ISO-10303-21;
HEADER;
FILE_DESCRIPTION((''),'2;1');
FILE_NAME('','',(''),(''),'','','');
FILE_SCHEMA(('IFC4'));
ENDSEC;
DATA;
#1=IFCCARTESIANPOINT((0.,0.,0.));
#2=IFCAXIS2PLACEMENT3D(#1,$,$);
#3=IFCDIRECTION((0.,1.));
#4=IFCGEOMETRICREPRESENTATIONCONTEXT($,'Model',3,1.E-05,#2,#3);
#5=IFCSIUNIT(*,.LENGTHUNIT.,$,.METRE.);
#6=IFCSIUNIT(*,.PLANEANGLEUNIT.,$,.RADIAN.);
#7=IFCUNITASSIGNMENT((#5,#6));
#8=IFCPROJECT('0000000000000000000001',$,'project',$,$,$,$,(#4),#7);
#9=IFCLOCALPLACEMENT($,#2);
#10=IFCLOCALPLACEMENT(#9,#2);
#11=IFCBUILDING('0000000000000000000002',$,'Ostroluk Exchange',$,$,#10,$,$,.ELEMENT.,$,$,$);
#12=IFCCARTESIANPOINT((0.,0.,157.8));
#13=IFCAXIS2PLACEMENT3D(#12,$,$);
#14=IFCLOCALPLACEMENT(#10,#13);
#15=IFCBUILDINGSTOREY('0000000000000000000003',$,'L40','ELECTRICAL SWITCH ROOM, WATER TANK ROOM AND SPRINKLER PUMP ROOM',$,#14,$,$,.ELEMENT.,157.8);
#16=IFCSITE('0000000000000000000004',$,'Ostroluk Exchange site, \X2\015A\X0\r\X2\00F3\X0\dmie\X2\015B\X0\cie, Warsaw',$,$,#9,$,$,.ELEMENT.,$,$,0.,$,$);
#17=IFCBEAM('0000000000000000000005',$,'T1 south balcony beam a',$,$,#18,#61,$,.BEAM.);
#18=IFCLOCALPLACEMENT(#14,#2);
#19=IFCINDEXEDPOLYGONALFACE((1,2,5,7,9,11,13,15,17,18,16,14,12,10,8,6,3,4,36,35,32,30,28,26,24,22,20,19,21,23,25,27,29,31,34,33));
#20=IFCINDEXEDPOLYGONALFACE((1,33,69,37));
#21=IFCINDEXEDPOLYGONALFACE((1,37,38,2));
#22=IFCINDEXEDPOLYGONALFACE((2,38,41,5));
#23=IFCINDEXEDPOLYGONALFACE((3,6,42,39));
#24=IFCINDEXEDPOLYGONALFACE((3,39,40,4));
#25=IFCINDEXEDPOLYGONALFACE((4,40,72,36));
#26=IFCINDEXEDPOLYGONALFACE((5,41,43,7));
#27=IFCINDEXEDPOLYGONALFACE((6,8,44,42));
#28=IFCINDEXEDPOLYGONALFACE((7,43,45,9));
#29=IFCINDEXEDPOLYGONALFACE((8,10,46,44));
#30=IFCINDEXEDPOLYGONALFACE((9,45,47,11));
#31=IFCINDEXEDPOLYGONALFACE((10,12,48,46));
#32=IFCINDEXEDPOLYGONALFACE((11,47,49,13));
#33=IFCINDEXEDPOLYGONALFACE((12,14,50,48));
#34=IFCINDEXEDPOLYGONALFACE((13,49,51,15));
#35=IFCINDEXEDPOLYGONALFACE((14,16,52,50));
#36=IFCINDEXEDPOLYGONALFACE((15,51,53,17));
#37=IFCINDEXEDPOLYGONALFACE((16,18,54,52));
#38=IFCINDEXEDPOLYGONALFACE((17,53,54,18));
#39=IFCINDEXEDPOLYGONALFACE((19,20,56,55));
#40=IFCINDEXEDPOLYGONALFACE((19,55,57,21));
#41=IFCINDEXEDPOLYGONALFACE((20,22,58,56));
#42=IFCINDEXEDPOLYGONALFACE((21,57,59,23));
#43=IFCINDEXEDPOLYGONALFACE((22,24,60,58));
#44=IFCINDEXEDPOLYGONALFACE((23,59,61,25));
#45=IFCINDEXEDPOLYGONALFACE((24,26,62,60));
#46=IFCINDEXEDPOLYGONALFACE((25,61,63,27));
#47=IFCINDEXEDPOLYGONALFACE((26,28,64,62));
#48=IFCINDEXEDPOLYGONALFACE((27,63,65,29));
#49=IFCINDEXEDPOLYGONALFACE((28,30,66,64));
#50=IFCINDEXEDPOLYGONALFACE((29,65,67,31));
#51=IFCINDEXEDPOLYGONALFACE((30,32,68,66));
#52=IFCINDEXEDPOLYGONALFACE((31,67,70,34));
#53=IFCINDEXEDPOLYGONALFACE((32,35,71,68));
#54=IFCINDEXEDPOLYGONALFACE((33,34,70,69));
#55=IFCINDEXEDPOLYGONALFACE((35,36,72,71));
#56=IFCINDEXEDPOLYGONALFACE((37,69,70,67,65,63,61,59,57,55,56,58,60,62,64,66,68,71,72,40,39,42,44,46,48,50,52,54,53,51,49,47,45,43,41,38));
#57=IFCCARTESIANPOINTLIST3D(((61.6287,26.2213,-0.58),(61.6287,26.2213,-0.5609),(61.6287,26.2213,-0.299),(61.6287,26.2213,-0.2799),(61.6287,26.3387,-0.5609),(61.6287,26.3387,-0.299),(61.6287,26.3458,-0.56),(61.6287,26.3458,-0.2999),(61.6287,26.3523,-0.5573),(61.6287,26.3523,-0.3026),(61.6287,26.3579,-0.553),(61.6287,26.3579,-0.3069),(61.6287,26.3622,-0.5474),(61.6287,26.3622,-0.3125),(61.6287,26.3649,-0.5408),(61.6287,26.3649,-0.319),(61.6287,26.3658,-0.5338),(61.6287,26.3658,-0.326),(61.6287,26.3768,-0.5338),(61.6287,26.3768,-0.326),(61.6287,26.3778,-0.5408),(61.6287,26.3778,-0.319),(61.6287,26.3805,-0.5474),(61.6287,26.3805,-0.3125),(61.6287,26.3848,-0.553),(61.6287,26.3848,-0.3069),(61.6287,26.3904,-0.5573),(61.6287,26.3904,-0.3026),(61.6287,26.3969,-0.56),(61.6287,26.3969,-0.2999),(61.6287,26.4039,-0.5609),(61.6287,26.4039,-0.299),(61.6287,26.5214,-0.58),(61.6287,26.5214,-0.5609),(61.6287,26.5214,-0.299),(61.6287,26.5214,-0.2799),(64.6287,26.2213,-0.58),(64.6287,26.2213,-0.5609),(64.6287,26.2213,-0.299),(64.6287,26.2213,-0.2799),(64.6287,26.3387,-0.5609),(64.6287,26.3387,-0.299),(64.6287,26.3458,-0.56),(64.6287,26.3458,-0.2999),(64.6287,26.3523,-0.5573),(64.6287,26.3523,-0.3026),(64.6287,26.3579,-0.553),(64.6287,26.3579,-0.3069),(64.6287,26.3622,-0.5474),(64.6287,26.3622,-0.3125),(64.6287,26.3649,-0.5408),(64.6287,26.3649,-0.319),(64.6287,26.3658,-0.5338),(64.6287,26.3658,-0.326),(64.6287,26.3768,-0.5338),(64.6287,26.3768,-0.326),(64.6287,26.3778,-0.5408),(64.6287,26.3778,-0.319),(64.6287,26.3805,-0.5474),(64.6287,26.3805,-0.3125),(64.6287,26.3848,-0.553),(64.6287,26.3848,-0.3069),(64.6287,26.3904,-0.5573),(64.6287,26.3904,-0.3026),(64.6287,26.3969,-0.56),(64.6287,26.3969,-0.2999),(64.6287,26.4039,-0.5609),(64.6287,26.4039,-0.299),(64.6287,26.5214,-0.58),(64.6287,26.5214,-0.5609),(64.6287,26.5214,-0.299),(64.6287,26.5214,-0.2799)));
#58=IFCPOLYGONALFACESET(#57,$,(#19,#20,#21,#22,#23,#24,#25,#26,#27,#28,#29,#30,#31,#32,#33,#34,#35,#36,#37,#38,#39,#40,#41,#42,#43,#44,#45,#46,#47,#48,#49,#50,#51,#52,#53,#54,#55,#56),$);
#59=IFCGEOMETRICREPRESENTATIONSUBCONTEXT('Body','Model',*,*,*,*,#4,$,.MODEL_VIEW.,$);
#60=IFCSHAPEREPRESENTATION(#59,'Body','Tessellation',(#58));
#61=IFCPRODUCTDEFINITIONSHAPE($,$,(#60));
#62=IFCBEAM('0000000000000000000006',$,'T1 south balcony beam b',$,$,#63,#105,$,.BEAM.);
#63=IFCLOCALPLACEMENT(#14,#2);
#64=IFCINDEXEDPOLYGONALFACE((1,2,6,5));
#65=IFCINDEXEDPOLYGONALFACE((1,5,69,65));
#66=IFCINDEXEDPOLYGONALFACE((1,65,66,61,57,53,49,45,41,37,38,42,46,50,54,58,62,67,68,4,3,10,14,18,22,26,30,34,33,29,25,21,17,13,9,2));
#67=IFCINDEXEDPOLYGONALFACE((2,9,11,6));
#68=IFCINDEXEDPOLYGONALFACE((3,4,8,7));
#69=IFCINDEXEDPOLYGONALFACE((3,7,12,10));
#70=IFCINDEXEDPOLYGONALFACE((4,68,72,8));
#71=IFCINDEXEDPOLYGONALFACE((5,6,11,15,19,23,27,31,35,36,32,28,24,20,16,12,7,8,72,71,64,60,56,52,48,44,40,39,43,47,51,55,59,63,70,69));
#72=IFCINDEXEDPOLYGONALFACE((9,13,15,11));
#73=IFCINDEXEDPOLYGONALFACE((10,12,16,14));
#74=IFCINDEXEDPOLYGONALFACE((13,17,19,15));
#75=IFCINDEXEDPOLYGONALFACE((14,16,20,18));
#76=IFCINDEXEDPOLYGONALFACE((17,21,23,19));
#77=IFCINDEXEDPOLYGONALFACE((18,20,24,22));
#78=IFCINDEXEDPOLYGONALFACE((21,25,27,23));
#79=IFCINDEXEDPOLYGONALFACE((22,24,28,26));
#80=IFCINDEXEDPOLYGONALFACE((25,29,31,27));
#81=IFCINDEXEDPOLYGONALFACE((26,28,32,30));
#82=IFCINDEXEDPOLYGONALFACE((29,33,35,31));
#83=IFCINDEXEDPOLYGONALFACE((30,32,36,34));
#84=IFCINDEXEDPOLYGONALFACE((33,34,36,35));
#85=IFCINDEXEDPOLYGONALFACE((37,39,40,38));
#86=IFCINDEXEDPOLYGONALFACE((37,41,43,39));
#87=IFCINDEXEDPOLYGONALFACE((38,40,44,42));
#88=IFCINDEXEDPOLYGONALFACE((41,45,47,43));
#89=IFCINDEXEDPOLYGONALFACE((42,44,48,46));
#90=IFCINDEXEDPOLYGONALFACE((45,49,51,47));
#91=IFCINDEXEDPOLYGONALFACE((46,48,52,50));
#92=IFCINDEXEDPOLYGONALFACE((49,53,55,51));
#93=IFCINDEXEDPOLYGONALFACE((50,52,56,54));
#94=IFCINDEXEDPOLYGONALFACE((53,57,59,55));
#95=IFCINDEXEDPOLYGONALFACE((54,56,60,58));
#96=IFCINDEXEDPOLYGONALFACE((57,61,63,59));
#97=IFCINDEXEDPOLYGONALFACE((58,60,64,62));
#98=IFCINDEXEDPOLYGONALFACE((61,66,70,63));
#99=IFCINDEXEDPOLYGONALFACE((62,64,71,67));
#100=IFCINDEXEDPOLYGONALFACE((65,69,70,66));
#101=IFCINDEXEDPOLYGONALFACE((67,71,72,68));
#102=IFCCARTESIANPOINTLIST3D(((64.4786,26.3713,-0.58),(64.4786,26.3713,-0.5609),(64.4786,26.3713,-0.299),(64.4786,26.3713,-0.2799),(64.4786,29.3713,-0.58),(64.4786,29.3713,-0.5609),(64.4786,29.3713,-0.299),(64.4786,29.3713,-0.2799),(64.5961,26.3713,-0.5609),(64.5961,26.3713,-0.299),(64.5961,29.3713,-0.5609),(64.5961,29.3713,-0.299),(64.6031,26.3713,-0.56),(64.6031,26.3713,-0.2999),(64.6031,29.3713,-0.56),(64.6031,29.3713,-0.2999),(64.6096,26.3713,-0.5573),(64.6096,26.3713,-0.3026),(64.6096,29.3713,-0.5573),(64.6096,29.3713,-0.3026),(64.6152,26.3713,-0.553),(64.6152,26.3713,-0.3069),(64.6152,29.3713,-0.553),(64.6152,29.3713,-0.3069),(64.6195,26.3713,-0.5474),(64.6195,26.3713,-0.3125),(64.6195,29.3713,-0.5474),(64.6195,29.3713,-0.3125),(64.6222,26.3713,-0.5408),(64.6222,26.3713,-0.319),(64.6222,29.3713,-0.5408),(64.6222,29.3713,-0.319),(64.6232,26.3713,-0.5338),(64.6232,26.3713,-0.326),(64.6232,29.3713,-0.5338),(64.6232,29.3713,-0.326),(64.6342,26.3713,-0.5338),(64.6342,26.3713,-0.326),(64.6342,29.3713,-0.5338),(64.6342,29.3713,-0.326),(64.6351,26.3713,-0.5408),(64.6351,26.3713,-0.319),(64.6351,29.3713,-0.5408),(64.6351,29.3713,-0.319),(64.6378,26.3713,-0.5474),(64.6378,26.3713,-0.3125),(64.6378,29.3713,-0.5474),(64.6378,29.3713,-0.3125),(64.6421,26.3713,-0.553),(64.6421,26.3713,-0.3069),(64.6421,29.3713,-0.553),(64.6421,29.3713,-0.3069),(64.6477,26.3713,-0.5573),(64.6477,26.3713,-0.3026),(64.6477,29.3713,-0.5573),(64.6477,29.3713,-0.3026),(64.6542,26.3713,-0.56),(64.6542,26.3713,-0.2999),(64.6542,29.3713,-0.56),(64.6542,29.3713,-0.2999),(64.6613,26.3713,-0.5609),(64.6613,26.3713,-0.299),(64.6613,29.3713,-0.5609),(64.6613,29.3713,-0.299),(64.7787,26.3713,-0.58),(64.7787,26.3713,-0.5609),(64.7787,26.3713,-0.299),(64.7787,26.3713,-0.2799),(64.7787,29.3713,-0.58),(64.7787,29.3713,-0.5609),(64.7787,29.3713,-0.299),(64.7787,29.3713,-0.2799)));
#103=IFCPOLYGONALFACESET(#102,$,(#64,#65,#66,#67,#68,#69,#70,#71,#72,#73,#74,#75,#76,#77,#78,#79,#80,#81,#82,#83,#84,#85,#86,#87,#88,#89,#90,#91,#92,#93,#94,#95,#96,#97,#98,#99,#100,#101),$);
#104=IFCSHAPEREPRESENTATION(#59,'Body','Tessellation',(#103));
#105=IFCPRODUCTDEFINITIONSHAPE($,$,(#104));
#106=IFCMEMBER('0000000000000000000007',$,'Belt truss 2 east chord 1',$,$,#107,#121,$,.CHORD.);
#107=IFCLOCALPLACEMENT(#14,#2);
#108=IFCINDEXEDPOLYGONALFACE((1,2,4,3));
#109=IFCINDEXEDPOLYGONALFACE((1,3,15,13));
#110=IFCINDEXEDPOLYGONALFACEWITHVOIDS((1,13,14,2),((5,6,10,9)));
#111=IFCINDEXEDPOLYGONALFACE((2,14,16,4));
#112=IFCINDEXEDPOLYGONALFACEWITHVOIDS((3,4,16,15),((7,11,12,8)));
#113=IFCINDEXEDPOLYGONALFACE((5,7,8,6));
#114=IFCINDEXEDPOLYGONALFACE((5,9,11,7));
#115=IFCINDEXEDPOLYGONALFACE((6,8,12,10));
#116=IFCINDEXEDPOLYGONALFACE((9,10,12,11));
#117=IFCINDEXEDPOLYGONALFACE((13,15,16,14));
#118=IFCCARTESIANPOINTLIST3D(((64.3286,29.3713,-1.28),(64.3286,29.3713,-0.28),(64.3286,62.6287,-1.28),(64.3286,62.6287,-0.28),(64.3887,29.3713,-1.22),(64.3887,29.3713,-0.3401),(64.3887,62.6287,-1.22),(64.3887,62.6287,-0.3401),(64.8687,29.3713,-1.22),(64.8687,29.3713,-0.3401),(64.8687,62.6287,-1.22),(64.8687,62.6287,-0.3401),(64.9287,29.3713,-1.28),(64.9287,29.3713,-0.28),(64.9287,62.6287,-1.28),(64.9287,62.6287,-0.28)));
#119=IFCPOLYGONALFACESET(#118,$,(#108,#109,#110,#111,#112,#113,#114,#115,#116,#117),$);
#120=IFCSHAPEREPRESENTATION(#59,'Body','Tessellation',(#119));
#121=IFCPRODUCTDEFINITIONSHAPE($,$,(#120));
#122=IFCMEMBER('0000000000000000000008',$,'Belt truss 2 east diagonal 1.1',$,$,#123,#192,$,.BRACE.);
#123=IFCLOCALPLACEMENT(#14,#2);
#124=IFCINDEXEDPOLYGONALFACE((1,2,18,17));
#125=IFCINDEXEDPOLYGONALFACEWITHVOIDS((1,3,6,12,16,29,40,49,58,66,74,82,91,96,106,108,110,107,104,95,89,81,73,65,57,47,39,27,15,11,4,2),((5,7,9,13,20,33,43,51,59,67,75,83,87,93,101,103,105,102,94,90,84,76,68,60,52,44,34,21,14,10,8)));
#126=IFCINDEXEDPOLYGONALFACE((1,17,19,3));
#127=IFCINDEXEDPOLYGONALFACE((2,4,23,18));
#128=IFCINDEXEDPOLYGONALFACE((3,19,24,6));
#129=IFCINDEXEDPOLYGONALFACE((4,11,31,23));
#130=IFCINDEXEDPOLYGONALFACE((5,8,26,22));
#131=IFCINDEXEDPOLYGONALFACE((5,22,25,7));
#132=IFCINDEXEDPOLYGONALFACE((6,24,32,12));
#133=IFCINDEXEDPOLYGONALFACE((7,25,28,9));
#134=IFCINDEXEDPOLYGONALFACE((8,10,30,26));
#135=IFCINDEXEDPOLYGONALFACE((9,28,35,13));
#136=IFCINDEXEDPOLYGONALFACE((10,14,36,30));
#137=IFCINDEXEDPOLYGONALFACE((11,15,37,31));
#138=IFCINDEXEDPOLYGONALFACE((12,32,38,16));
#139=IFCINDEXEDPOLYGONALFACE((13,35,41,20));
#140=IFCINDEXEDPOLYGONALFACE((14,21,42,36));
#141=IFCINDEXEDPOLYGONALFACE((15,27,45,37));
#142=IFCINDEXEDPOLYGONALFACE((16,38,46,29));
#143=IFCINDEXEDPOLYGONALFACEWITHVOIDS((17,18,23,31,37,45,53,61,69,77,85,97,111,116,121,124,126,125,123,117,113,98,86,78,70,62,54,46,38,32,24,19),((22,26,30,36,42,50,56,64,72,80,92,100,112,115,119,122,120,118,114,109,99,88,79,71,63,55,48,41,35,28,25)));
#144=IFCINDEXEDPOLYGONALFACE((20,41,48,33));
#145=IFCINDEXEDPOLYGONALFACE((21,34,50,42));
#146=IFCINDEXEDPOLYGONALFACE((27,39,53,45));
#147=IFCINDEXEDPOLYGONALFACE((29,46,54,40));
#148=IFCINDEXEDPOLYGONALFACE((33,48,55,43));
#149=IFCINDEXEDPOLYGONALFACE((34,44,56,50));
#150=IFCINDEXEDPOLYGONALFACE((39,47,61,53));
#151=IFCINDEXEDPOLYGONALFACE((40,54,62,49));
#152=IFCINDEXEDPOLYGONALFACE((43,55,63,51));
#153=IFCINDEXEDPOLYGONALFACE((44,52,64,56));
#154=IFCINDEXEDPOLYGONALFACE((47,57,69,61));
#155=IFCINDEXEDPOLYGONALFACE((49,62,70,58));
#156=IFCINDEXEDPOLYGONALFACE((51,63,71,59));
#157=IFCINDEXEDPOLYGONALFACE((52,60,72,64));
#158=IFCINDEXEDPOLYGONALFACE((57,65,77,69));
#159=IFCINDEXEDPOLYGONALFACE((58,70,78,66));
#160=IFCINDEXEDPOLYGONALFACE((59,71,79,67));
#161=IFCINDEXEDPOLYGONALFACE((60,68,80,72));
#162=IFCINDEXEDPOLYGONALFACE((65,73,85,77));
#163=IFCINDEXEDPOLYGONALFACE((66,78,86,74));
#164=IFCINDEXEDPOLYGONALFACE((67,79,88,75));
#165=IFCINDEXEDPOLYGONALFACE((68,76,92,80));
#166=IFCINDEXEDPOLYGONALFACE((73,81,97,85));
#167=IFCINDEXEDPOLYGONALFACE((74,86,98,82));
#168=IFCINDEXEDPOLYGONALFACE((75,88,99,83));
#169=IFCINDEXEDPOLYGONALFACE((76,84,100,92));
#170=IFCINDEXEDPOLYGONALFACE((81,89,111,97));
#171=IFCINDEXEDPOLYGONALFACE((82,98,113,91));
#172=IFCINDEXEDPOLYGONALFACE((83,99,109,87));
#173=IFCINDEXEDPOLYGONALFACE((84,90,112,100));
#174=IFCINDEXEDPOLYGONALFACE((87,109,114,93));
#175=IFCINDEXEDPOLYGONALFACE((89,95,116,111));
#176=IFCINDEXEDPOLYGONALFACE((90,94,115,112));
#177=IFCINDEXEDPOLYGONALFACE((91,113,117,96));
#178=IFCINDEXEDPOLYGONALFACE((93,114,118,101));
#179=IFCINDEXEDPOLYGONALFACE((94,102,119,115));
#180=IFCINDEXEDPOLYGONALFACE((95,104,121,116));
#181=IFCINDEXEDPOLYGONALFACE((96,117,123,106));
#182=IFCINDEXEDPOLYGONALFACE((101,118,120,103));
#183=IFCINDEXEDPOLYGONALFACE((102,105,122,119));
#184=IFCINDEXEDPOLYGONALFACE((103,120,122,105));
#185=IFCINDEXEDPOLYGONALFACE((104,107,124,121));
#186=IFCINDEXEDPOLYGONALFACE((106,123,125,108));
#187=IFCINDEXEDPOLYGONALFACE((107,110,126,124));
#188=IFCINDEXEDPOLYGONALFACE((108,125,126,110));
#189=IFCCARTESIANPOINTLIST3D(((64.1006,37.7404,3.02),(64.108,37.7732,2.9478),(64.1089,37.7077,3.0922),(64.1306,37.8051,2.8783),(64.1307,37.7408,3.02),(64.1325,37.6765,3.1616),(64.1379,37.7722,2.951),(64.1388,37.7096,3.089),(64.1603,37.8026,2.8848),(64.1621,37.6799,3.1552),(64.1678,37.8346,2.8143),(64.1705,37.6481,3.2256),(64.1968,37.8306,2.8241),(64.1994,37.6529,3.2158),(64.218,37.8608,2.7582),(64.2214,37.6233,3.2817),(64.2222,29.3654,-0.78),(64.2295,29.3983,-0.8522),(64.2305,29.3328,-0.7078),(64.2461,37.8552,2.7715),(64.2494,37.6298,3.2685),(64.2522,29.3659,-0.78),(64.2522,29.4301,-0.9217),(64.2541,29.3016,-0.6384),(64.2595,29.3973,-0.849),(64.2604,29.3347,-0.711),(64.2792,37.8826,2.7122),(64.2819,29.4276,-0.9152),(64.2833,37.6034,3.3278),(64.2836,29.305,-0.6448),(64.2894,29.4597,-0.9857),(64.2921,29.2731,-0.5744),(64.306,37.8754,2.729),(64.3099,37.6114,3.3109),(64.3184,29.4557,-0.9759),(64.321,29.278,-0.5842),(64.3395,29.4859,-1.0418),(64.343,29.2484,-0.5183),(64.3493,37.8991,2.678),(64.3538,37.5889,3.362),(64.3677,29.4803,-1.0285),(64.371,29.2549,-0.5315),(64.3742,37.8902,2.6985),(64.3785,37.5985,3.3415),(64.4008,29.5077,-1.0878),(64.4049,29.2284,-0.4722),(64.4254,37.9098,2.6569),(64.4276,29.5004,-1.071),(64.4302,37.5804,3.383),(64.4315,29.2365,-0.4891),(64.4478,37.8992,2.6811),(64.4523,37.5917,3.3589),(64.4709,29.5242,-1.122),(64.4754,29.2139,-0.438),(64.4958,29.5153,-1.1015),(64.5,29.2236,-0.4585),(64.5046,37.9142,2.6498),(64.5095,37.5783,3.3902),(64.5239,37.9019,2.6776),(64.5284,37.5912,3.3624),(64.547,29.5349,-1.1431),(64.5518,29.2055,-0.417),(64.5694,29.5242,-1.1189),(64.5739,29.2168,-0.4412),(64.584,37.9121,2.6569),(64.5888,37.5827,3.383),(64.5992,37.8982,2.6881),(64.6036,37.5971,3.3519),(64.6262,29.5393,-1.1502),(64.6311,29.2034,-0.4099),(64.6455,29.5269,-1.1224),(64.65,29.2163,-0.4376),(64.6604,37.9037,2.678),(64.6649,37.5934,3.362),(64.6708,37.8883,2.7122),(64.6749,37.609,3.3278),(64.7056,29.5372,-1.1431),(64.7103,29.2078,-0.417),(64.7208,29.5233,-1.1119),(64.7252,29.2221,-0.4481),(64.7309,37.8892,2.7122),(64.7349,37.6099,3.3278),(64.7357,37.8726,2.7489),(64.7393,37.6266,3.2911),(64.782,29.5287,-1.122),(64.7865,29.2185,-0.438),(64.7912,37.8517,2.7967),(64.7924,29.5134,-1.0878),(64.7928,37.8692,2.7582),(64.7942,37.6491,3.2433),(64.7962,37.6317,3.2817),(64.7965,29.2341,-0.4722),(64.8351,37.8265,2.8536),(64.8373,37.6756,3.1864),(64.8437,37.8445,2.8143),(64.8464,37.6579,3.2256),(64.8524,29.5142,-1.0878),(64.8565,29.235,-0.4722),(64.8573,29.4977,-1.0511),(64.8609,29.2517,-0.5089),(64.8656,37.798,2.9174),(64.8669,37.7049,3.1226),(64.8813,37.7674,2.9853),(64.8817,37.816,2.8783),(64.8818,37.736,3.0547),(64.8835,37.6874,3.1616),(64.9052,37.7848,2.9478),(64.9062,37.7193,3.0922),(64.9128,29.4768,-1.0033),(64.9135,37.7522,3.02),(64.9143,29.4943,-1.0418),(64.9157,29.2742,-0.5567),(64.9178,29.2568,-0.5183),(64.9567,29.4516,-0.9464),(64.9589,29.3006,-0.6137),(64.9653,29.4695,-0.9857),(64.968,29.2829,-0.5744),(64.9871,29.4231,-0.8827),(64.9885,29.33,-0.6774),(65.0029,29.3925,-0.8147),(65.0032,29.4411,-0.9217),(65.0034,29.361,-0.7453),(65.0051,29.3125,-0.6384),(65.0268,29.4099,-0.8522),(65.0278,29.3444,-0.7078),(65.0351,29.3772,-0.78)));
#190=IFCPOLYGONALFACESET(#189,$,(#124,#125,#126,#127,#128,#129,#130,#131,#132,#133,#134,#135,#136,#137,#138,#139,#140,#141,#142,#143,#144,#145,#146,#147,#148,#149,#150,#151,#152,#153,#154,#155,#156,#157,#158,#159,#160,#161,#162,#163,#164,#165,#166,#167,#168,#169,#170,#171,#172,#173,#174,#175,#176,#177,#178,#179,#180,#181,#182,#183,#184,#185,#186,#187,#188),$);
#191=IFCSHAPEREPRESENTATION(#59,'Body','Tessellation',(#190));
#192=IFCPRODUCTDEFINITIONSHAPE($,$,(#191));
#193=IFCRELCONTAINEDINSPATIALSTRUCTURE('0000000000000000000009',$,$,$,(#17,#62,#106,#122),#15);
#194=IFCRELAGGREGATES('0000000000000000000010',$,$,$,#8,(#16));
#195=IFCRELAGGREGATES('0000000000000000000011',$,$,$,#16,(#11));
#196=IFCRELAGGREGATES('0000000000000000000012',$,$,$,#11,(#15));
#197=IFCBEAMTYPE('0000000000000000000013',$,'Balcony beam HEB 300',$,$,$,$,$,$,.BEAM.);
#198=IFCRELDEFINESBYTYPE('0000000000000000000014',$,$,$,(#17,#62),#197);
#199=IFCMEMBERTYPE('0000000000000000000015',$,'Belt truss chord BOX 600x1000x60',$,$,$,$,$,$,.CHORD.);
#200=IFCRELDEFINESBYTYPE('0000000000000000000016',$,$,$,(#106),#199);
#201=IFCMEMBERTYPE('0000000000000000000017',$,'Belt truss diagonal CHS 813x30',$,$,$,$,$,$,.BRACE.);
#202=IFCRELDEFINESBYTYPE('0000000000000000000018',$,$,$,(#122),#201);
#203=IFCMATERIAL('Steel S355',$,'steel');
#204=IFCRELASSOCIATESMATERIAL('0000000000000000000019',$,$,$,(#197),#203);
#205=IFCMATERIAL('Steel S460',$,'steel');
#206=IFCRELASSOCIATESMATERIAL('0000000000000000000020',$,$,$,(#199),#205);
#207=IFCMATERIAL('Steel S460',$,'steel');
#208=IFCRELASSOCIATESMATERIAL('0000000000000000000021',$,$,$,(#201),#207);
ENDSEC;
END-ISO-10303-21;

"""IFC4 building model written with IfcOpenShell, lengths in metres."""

from ifc_helpers import new_model, si_unit, direction, frame, origin, origin_2d, place, context, subcontext, project, spatial, hollow_rectangle, hollow_circle, i_section, extrude, material, material_profile, profile_set, type_object, element, save


model = new_model("IFC4")

# Units and contexts
model_context = context("Model", 3, precision=1e-05, world=origin(), true_north=direction((0.0, 1.0)))
body_context = subcontext(model_context, "Body", "Model", "MODEL_VIEW")
ifc_project = project(units=[si_unit("LENGTHUNIT", "METRE"), si_unit("PLANEANGLEUNIT", "RADIAN")], contexts=[model_context])

# Site, building, storey
site_placement = place(None, origin())
site = spatial("IfcSite", under=ifc_project, at=site_placement, Name="Ostroluk Exchange site, Śródmieście, Warsaw", CompositionType="ELEMENT", RefElevation=0.0)
building_placement = place(site_placement, origin())
building = spatial("IfcBuilding", under=site, at=building_placement, Name="Ostroluk Exchange", CompositionType="ELEMENT")
storey_placement = place(building_placement, frame((0.0, 0.0, 157.8)))
storey = spatial("IfcBuildingStorey", under=building, at=storey_placement, Name="L40", Description="ELECTRICAL SWITCH ROOM, WATER TANK ROOM AND SPRINKLER PUMP ROOM", CompositionType="ELEMENT", Elevation=157.8)

# Beams
ifc_material_1 = material(Name="Steel S355", Category="steel")
ifc_material_profile_1 = material_profile(ifc_material_1, i_section(OverallWidth=0.3, OverallDepth=0.3, WebThickness=0.011, FlangeThickness=0.019, FilletRadius=0.0271, at=origin_2d()), Name="HEB 300")
ifc_profile_set_1 = profile_set([ifc_material_profile_1], Name="Steel S355")
beam_type = type_object("IfcBeamType", Name="Balcony beam HEB 300", PredefinedType="BEAM", material=ifc_profile_set_1)
for number, where, z_axis, x_axis, name in (
    (1, (61.6287, 26.3713, -0.4299), (1.0, 0.0, 0.0), (0.0, 1.0, 0.0), "T1 south balcony beam a"),
    (2, (64.6287, 29.3713, -0.4299), (0.0, -1.0, 0.0), (1.0, 0.0, 0.0), "T1 south balcony beam b"),
):
    element("IfcBeam", number, at=place(storey_placement, frame(where, z_axis=z_axis, x_axis=x_axis)), inside=storey, type_object=beam_type, Name=name, PredefinedType="BEAM", context=body_context, shape_type="SweptSolid", body=[
        extrude(i_section(OverallWidth=0.3, OverallDepth=0.3, WebThickness=0.011, FlangeThickness=0.019, FilletRadius=0.0271, at=origin_2d()), origin(), (0.0, 0.0, 1.0), 3.0),
    ])

# Members
ifc_material_2 = material(Name="Steel S460", Category="steel")
ifc_material_profile_2 = material_profile(ifc_material_2, hollow_rectangle(XDim=0.6001, YDim=1.0, WallThickness=0.0601, at=origin_2d()), Name="BOX 600x1000x60")
ifc_profile_set_2 = profile_set([ifc_material_profile_2], Name="Steel S460")
member_type_1 = type_object("IfcMemberType", Name="Belt truss chord BOX 600x1000x60", PredefinedType="CHORD", material=ifc_profile_set_2)
member_1_placement = place(storey_placement, frame((64.6287, 29.3713, -0.78), z_axis=(0.0, 1.0, 0.0), x_axis=(-1.0, 0.0, 0.0)))
element("IfcMember", 3, at=member_1_placement, inside=storey, type_object=member_type_1, Name="Belt truss 2 east chord 1", PredefinedType="CHORD", context=body_context, shape_type="SweptSolid", body=[
    extrude(hollow_rectangle(XDim=0.6001, YDim=1.0, WallThickness=0.0601, at=origin_2d()), origin(), (0.0, 0.0, 1.0), 33.2573),
])
ifc_material_3 = material(Name="Steel S460", Category="steel")
ifc_material_profile_3 = material_profile(ifc_material_3, hollow_circle(Radius=0.4065, WallThickness=0.03, at=origin_2d()), Name="CHS 813x30")
ifc_profile_set_3 = profile_set([ifc_material_profile_3], Name="Steel S460")
member_type_2 = type_object("IfcMemberType", Name="Belt truss diagonal CHS 813x30", PredefinedType="BRACE", material=ifc_profile_set_3)
for number, where, z_axis, x_axis, name in (
    (4, (64.6287, 29.3713, -0.78), (-0.013219, 0.910564, 0.413157), (-0.999895, -0.014516, 0.0), "Belt truss 2 east diagonal 1.1"),
):
    element("IfcMember", number, at=place(storey_placement, frame(where, z_axis=z_axis, x_axis=x_axis)), inside=storey, type_object=member_type_2, Name=name, PredefinedType="BRACE", context=body_context, shape_type="SweptSolid", body=[
        extrude(hollow_circle(Radius=0.4065, WallThickness=0.03, at=origin_2d()), origin(), (0.0, 0.0, 1.0), 9.1975),
    ])

save(model, "model.ifc")
